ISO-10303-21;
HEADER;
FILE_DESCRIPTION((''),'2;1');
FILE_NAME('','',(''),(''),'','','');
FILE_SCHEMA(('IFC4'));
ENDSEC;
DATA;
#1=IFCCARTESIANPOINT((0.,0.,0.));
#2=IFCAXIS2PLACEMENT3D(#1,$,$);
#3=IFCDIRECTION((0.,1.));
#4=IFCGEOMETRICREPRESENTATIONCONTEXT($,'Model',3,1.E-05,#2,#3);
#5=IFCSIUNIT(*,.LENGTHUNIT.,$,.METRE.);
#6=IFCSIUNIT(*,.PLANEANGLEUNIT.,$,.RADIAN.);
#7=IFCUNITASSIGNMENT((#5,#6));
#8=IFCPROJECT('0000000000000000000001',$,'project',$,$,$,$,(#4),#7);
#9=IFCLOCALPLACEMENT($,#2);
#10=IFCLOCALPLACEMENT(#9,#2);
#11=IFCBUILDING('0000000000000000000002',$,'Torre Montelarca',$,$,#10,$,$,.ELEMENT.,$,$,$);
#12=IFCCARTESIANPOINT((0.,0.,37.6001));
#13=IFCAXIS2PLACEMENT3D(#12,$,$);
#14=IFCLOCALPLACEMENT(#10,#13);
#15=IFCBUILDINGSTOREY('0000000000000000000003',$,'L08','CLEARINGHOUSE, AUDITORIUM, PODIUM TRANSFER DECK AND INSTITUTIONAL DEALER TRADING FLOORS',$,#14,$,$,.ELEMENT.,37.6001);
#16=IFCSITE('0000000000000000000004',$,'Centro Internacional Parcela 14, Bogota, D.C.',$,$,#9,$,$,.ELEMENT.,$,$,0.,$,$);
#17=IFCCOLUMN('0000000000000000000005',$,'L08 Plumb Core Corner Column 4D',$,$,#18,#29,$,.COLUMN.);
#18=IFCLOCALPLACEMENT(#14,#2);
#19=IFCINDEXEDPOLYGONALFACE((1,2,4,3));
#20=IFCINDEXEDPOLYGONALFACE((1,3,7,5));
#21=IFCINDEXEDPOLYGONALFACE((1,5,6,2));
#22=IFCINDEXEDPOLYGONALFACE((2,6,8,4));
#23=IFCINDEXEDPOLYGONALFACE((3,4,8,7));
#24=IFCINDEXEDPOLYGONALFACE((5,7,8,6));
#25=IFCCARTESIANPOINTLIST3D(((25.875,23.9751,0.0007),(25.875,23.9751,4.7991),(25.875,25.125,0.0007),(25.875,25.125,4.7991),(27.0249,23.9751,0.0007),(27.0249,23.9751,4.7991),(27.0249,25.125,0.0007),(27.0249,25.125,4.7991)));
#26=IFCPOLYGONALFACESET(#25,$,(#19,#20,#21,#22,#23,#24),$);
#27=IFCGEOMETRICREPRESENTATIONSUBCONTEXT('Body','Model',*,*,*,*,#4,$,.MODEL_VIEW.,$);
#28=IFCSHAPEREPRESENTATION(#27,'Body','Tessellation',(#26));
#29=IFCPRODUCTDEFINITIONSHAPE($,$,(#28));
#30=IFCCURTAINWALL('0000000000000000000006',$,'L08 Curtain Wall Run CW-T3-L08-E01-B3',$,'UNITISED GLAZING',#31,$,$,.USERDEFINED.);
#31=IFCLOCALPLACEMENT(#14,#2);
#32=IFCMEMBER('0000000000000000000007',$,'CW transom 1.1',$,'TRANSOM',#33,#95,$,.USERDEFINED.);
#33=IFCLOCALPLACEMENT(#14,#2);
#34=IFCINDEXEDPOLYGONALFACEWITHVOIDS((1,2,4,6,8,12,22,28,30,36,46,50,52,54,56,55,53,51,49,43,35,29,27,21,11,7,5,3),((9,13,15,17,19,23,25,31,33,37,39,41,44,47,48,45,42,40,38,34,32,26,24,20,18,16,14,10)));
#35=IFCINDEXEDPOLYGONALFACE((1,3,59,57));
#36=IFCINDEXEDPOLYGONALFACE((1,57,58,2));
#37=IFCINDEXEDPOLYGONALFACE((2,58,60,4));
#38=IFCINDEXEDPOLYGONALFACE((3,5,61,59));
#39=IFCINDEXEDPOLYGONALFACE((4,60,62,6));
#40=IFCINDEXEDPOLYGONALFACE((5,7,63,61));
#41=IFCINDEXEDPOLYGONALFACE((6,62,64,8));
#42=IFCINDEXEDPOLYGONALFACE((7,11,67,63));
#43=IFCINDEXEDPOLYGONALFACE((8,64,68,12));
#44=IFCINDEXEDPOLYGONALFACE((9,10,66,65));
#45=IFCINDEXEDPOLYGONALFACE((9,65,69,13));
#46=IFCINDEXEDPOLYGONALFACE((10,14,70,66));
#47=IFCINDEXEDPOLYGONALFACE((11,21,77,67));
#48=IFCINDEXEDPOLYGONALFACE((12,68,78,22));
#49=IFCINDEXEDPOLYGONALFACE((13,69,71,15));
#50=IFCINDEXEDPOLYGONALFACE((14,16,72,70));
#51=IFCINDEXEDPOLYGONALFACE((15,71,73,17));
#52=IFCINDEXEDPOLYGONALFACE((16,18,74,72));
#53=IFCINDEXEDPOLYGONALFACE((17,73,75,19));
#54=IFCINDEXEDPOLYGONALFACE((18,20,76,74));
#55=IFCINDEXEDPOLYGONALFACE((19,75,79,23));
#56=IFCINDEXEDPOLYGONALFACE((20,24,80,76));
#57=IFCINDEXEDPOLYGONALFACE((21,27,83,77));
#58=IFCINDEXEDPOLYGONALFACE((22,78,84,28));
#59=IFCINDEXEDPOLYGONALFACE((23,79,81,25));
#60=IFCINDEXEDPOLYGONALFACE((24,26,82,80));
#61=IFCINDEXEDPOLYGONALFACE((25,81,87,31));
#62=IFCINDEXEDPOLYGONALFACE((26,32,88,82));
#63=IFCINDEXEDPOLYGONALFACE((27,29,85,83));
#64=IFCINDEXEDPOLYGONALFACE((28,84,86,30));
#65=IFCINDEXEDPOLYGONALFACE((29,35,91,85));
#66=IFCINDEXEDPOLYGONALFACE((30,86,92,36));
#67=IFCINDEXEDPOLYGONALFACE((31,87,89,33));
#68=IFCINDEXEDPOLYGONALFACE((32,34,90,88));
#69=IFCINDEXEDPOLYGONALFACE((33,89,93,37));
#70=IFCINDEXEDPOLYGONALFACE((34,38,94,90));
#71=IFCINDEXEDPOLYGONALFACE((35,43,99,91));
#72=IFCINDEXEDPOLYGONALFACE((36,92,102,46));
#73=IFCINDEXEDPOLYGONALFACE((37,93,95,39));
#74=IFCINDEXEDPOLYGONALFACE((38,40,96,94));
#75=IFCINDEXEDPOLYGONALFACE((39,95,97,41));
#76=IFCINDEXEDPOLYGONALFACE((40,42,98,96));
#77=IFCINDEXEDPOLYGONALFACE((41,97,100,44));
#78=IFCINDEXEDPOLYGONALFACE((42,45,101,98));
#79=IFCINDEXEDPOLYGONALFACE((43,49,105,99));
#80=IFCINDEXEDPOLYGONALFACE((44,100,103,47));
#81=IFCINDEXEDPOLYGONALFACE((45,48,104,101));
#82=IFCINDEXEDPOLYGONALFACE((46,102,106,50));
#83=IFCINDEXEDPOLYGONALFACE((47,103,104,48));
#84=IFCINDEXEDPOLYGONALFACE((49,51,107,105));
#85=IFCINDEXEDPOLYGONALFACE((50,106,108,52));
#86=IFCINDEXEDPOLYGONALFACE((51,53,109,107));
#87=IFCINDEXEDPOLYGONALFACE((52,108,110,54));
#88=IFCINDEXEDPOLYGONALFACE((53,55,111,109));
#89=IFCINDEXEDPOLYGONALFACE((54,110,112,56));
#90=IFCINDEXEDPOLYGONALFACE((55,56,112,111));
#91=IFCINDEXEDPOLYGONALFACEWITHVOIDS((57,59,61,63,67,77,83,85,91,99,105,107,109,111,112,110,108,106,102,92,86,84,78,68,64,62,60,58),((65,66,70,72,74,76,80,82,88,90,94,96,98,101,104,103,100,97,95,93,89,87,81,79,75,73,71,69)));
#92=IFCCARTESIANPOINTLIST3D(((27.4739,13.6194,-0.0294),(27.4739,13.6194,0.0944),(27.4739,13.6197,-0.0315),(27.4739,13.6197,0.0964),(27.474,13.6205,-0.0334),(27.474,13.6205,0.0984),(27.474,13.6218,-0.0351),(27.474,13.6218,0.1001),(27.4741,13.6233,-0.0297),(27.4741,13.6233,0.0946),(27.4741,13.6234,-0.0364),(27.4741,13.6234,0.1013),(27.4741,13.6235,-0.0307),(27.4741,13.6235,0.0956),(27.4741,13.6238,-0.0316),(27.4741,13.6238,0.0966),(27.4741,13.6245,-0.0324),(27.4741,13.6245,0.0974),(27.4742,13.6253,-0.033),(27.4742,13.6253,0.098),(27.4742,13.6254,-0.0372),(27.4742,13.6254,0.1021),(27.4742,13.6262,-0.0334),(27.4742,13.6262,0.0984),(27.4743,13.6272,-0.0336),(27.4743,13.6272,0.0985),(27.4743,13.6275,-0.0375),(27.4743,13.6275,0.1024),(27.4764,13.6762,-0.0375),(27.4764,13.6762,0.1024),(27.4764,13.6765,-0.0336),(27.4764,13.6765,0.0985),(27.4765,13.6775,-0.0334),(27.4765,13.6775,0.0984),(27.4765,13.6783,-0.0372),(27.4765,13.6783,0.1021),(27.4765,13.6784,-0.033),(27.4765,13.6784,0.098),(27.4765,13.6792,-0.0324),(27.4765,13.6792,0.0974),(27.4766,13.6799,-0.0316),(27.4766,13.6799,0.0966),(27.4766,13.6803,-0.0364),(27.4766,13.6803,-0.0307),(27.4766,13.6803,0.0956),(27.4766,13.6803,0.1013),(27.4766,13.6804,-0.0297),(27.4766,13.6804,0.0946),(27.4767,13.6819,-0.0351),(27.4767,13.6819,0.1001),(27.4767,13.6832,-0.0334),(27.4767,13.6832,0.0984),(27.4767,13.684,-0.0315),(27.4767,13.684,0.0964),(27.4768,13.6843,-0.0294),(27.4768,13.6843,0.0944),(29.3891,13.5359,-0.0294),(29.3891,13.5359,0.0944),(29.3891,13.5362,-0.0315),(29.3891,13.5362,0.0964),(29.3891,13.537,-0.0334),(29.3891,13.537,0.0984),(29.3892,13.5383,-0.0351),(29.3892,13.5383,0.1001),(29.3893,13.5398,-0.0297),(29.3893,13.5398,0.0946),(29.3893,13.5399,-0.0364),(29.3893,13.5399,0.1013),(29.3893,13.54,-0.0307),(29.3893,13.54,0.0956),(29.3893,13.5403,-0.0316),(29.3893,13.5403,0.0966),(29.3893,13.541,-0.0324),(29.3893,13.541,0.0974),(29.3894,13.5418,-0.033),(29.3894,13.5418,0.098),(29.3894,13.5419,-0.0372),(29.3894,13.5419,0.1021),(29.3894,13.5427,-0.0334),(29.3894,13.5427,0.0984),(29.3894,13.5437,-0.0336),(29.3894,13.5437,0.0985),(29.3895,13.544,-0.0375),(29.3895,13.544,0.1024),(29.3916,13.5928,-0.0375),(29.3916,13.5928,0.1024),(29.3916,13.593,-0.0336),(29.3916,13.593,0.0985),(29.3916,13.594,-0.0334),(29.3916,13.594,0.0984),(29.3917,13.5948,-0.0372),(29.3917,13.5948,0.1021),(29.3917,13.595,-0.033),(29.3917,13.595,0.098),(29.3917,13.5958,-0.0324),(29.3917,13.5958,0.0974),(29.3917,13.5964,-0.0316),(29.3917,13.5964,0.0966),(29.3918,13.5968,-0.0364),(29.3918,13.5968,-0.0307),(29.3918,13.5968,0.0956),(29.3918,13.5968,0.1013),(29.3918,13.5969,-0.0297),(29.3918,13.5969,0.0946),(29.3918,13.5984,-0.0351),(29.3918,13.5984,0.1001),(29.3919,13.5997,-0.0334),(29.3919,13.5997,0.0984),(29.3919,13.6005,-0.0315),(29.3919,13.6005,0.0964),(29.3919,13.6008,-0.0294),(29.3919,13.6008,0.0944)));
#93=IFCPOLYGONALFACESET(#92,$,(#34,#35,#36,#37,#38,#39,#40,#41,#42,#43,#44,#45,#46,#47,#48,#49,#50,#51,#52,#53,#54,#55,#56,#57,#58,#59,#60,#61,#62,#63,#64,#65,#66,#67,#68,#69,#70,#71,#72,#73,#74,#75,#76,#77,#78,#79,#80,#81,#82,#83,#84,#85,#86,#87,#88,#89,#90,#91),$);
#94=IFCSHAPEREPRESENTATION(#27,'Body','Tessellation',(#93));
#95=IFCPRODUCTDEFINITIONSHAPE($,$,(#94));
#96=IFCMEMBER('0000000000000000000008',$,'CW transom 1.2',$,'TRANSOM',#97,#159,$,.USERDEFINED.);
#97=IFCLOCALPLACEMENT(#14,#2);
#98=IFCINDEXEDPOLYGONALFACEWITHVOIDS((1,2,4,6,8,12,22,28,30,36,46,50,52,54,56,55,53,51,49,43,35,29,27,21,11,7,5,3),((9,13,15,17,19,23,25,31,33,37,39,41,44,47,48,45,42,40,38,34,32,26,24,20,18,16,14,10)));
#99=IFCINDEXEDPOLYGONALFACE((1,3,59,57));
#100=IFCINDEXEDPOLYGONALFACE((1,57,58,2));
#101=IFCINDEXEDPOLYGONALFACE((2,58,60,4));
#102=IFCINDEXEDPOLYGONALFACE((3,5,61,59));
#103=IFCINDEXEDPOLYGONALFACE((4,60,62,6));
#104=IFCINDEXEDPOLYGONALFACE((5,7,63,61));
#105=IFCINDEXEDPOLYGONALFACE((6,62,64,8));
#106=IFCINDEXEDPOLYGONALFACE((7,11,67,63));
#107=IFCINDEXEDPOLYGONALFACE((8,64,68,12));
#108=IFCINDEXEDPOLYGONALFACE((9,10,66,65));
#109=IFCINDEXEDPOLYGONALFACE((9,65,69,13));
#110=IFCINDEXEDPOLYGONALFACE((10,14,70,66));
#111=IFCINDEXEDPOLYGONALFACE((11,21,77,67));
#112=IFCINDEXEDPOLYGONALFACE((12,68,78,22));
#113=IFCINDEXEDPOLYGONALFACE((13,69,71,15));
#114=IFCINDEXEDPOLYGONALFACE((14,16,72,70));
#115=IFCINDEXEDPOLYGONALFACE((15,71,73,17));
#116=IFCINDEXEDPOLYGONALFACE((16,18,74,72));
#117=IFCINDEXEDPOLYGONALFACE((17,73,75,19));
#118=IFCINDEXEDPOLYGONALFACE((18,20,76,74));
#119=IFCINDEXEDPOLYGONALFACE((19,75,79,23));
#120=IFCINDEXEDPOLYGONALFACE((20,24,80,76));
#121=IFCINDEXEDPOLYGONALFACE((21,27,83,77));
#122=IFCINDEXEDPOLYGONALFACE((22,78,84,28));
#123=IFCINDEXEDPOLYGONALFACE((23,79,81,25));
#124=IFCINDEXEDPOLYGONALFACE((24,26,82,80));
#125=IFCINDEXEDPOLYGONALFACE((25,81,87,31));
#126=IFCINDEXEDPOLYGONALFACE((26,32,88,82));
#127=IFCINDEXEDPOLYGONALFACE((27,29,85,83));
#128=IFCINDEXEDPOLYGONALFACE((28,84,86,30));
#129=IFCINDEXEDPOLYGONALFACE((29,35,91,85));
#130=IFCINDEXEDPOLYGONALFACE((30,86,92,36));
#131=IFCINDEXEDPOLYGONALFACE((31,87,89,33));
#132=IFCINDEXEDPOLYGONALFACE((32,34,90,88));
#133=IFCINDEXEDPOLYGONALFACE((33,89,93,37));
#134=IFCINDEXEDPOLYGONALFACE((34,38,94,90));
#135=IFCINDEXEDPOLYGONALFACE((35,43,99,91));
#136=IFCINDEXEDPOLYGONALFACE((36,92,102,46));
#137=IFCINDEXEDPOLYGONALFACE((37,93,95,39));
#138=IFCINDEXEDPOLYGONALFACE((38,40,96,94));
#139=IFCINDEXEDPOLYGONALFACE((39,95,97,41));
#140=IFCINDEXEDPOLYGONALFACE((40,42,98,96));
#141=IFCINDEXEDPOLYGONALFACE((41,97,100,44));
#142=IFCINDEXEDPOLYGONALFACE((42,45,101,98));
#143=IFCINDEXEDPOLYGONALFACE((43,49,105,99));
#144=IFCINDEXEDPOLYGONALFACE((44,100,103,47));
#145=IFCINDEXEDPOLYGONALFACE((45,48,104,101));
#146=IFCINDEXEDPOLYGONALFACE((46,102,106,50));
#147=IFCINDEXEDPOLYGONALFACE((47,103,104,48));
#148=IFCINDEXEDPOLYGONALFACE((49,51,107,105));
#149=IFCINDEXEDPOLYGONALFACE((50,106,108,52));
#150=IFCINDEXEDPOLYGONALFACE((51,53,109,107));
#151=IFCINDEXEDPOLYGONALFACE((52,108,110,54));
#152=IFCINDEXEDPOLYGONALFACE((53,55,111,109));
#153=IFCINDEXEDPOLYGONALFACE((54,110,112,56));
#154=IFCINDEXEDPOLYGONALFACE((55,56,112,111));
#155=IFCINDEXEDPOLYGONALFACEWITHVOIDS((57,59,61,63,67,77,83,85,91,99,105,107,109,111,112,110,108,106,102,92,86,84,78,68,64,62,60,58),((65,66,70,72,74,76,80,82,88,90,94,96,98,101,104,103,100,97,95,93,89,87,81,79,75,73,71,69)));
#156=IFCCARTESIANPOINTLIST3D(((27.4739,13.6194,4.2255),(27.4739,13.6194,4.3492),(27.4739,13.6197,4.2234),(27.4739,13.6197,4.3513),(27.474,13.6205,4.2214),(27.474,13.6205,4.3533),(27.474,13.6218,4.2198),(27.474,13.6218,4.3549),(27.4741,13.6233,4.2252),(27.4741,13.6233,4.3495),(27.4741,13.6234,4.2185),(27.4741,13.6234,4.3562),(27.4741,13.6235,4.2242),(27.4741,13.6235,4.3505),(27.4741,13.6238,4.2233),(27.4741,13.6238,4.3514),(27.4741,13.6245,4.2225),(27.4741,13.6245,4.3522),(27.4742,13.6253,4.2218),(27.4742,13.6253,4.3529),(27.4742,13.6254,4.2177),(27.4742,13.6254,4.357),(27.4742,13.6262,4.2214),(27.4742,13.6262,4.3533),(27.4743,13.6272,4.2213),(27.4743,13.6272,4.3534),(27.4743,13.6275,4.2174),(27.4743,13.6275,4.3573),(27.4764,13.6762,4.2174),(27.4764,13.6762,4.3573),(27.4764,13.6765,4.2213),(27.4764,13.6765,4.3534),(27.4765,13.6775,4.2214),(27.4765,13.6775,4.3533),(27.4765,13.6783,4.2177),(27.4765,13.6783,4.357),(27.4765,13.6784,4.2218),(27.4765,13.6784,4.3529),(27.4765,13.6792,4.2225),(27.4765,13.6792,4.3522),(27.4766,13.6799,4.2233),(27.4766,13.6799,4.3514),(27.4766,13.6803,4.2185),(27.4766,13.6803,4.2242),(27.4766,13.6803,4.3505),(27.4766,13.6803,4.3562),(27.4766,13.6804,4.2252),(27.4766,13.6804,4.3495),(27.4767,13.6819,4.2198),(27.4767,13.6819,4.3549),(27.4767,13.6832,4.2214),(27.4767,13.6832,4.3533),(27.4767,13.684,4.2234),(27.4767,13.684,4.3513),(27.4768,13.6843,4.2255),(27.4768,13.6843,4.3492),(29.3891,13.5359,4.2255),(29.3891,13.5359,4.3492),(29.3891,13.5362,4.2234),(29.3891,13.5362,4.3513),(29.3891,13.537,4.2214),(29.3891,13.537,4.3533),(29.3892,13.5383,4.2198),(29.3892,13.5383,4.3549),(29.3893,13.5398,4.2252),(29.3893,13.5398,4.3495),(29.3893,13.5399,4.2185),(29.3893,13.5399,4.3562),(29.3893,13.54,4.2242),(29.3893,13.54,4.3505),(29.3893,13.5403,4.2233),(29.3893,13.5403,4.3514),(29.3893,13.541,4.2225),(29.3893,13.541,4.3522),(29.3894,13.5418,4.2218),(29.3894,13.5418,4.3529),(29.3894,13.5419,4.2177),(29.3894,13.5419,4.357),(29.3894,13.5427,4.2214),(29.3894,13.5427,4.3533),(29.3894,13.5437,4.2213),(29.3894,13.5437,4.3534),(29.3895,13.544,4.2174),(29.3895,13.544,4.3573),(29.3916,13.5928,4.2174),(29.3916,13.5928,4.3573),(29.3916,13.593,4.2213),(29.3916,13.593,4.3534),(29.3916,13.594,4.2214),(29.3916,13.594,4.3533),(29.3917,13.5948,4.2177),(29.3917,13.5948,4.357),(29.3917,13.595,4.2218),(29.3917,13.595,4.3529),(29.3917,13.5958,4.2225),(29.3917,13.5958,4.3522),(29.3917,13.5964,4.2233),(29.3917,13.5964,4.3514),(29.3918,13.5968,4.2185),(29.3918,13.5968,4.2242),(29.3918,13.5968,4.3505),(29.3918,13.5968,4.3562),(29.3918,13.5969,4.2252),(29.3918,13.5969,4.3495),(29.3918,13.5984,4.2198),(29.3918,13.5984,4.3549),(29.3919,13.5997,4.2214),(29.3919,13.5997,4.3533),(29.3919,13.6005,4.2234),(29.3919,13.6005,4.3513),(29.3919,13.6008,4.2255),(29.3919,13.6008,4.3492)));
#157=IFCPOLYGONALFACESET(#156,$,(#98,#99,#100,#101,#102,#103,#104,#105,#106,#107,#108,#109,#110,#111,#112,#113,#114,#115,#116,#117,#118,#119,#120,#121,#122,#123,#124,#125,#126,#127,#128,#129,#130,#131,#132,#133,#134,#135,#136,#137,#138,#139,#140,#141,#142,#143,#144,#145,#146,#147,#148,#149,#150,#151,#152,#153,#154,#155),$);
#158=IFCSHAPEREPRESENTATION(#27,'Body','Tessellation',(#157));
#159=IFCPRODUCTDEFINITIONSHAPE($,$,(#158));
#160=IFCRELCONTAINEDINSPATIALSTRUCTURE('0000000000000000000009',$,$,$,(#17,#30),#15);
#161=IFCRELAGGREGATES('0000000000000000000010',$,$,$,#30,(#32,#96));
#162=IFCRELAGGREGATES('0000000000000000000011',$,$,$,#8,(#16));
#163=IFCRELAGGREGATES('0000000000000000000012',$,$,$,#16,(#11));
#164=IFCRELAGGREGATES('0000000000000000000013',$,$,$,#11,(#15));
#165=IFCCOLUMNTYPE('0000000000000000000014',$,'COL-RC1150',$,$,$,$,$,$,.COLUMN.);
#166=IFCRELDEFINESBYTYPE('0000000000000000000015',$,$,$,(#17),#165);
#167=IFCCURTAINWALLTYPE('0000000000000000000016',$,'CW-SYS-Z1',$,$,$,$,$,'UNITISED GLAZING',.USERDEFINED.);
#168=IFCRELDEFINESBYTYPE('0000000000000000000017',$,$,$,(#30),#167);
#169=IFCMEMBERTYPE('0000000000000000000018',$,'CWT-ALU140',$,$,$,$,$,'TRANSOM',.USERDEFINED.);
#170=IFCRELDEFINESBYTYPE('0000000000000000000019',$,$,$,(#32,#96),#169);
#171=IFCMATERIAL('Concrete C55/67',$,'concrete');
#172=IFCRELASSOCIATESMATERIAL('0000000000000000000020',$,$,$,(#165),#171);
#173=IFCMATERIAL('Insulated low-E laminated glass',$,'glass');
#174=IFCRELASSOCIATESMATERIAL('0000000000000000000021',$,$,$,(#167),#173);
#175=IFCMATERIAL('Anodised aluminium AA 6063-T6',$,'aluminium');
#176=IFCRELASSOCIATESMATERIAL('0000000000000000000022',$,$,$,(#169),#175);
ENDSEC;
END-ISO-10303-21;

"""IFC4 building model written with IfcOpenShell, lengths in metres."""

from ifc_helpers import new_model, si_unit, direction, frame, origin, origin_2d, place, context, subcontext, project, spatial, rectangle, hollow_rectangle, extrude, source, transform, mapped, material, material_profile, profile_set, type_object, element, aggregate, save


model = new_model("IFC4")

# Units and contexts
model_context = context("Model", 3, precision=1e-05, world=origin(), true_north=direction((0.0, 1.0)))
body_context = subcontext(model_context, "Body", "Model", "MODEL_VIEW")
ifc_project = project(units=[si_unit("LENGTHUNIT", "METRE"), si_unit("PLANEANGLEUNIT", "RADIAN")], contexts=[model_context])

# Site, building, storey
site_placement = place(None, origin())
site = spatial("IfcSite", under=ifc_project, at=site_placement, Name="Centro Internacional Parcela 14, Bogota, D.C.", CompositionType="ELEMENT", RefElevation=0.0)
building_placement = place(site_placement, origin())
building = spatial("IfcBuilding", under=site, at=building_placement, Name="Torre Montelarca", CompositionType="ELEMENT")
storey_placement = place(building_placement, frame((0.0, 0.0, 37.6001)))
storey = spatial("IfcBuildingStorey", under=building, at=storey_placement, Name="L08", Description="CLEARINGHOUSE, AUDITORIUM, PODIUM TRANSFER DECK AND INSTITUTIONAL DEALER TRADING FLOORS", CompositionType="ELEMENT", Elevation=37.6001)

# Column
ifc_material_1 = material(Name="Concrete C55/67", Category="concrete")
ifc_material_profile_1 = material_profile(ifc_material_1, rectangle(XDim=1.1499, YDim=1.1499, at=origin_2d()), Name="RC1150X1150", Category="concrete")
ifc_profile_set_1 = profile_set([ifc_material_profile_1], Name="Concrete C55/67")
column_type_1 = type_object("IfcColumnType", Name="COL-RC1150", PredefinedType="COLUMN", material=ifc_profile_set_1)
shared_shape_1 = source(origin(), body_context, "Body", "SweptSolid", [
    extrude(rectangle(XDim=1.1499, YDim=1.1499, at=origin_2d()), origin(), (0.0, 0.0, 1.0), 4.7983),
])
column_1_placement = place(storey_placement, frame((26.45, 24.55, 0.0007), z_axis=(0.0, 0.0, 1.0), x_axis=(1.0, 0.0, 0.0)))
element("IfcColumn", 1, at=column_1_placement, inside=storey, type_object=column_type_1, Name="L08 Plumb Core Corner Column 4D", PredefinedType="COLUMN", context=body_context, shape_type="MappedRepresentation", body=[
    mapped(shared_shape_1, transform((0.0, 0.0, 0.0), scale=1.0)),
])

# Curtain wall, members
ifc_material_2 = material(Name="Insulated low-E laminated glass", Category="glass")
curtain_wall_type = type_object("IfcCurtainWallType", Name="CW-SYS-Z1", ElementType="UNITISED GLAZING", PredefinedType="USERDEFINED", material=ifc_material_2)
curtain_wall_1_placement = place(storey_placement, origin())
curtain_wall_1 = element("IfcCurtainWall", 2, at=curtain_wall_1_placement, inside=storey, type_object=curtain_wall_type, Name="L08 Curtain Wall Run CW-T3-L08-E01-B3", ObjectType="UNITISED GLAZING", PredefinedType="USERDEFINED")
ifc_material_3 = material(Name="Anodised aluminium AA 6063-T6", Category="aluminium")
ifc_material_profile_2 = material_profile(ifc_material_3, hollow_rectangle(XDim=0.0649, YDim=0.1399, WallThickness=0.0039, InnerFilletRadius=0.0039, OuterFilletRadius=0.0081, at=origin_2d()), Name="ALU65X140X4", Category="aluminium")
ifc_profile_set_2 = profile_set([ifc_material_profile_2], Name="Anodised aluminium AA 6063-T6")
member_type_1 = type_object("IfcMemberType", Name="CWT-ALU140", ElementType="TRANSOM", PredefinedType="USERDEFINED", material=ifc_profile_set_2)
shared_shape_2 = source(origin(), body_context, "Body", "SweptSolid", [
    extrude(hollow_rectangle(XDim=0.0649, YDim=0.1399, WallThickness=0.0039, InnerFilletRadius=0.0039, OuterFilletRadius=0.0081, at=origin_2d()), origin(), (0.0, 0.0, 1.0), 1.917),
])
member_1_placement = place(storey_placement, frame((27.4753, 13.6519, 0.0325), z_axis=(0.999051, -0.043553, 0.0), x_axis=(0.043553, 0.999051, 0.0)))
member_1 = element("IfcMember", 3, at=member_1_placement, type_object=member_type_1, Name="CW transom 1.1", ObjectType="TRANSOM", PredefinedType="USERDEFINED", context=body_context, shape_type="MappedRepresentation", body=[
    mapped(shared_shape_2, transform((0.0, 0.0, 0.0), scale=1.0)),
])
member_2_placement = place(storey_placement, frame((27.4753, 13.6519, 4.2874), z_axis=(0.999051, -0.043553, 0.0), x_axis=(0.043553, 0.999051, 0.0)))
member_2 = element("IfcMember", 4, at=member_2_placement, type_object=member_type_1, Name="CW transom 1.2", ObjectType="TRANSOM", PredefinedType="USERDEFINED", context=body_context, shape_type="MappedRepresentation", body=[
    mapped(shared_shape_2, transform((0.0, 0.0, 0.0), scale=1.0)),
])

aggregate(curtain_wall_1, [member_1, member_2])

save(model, "model.ifc")
